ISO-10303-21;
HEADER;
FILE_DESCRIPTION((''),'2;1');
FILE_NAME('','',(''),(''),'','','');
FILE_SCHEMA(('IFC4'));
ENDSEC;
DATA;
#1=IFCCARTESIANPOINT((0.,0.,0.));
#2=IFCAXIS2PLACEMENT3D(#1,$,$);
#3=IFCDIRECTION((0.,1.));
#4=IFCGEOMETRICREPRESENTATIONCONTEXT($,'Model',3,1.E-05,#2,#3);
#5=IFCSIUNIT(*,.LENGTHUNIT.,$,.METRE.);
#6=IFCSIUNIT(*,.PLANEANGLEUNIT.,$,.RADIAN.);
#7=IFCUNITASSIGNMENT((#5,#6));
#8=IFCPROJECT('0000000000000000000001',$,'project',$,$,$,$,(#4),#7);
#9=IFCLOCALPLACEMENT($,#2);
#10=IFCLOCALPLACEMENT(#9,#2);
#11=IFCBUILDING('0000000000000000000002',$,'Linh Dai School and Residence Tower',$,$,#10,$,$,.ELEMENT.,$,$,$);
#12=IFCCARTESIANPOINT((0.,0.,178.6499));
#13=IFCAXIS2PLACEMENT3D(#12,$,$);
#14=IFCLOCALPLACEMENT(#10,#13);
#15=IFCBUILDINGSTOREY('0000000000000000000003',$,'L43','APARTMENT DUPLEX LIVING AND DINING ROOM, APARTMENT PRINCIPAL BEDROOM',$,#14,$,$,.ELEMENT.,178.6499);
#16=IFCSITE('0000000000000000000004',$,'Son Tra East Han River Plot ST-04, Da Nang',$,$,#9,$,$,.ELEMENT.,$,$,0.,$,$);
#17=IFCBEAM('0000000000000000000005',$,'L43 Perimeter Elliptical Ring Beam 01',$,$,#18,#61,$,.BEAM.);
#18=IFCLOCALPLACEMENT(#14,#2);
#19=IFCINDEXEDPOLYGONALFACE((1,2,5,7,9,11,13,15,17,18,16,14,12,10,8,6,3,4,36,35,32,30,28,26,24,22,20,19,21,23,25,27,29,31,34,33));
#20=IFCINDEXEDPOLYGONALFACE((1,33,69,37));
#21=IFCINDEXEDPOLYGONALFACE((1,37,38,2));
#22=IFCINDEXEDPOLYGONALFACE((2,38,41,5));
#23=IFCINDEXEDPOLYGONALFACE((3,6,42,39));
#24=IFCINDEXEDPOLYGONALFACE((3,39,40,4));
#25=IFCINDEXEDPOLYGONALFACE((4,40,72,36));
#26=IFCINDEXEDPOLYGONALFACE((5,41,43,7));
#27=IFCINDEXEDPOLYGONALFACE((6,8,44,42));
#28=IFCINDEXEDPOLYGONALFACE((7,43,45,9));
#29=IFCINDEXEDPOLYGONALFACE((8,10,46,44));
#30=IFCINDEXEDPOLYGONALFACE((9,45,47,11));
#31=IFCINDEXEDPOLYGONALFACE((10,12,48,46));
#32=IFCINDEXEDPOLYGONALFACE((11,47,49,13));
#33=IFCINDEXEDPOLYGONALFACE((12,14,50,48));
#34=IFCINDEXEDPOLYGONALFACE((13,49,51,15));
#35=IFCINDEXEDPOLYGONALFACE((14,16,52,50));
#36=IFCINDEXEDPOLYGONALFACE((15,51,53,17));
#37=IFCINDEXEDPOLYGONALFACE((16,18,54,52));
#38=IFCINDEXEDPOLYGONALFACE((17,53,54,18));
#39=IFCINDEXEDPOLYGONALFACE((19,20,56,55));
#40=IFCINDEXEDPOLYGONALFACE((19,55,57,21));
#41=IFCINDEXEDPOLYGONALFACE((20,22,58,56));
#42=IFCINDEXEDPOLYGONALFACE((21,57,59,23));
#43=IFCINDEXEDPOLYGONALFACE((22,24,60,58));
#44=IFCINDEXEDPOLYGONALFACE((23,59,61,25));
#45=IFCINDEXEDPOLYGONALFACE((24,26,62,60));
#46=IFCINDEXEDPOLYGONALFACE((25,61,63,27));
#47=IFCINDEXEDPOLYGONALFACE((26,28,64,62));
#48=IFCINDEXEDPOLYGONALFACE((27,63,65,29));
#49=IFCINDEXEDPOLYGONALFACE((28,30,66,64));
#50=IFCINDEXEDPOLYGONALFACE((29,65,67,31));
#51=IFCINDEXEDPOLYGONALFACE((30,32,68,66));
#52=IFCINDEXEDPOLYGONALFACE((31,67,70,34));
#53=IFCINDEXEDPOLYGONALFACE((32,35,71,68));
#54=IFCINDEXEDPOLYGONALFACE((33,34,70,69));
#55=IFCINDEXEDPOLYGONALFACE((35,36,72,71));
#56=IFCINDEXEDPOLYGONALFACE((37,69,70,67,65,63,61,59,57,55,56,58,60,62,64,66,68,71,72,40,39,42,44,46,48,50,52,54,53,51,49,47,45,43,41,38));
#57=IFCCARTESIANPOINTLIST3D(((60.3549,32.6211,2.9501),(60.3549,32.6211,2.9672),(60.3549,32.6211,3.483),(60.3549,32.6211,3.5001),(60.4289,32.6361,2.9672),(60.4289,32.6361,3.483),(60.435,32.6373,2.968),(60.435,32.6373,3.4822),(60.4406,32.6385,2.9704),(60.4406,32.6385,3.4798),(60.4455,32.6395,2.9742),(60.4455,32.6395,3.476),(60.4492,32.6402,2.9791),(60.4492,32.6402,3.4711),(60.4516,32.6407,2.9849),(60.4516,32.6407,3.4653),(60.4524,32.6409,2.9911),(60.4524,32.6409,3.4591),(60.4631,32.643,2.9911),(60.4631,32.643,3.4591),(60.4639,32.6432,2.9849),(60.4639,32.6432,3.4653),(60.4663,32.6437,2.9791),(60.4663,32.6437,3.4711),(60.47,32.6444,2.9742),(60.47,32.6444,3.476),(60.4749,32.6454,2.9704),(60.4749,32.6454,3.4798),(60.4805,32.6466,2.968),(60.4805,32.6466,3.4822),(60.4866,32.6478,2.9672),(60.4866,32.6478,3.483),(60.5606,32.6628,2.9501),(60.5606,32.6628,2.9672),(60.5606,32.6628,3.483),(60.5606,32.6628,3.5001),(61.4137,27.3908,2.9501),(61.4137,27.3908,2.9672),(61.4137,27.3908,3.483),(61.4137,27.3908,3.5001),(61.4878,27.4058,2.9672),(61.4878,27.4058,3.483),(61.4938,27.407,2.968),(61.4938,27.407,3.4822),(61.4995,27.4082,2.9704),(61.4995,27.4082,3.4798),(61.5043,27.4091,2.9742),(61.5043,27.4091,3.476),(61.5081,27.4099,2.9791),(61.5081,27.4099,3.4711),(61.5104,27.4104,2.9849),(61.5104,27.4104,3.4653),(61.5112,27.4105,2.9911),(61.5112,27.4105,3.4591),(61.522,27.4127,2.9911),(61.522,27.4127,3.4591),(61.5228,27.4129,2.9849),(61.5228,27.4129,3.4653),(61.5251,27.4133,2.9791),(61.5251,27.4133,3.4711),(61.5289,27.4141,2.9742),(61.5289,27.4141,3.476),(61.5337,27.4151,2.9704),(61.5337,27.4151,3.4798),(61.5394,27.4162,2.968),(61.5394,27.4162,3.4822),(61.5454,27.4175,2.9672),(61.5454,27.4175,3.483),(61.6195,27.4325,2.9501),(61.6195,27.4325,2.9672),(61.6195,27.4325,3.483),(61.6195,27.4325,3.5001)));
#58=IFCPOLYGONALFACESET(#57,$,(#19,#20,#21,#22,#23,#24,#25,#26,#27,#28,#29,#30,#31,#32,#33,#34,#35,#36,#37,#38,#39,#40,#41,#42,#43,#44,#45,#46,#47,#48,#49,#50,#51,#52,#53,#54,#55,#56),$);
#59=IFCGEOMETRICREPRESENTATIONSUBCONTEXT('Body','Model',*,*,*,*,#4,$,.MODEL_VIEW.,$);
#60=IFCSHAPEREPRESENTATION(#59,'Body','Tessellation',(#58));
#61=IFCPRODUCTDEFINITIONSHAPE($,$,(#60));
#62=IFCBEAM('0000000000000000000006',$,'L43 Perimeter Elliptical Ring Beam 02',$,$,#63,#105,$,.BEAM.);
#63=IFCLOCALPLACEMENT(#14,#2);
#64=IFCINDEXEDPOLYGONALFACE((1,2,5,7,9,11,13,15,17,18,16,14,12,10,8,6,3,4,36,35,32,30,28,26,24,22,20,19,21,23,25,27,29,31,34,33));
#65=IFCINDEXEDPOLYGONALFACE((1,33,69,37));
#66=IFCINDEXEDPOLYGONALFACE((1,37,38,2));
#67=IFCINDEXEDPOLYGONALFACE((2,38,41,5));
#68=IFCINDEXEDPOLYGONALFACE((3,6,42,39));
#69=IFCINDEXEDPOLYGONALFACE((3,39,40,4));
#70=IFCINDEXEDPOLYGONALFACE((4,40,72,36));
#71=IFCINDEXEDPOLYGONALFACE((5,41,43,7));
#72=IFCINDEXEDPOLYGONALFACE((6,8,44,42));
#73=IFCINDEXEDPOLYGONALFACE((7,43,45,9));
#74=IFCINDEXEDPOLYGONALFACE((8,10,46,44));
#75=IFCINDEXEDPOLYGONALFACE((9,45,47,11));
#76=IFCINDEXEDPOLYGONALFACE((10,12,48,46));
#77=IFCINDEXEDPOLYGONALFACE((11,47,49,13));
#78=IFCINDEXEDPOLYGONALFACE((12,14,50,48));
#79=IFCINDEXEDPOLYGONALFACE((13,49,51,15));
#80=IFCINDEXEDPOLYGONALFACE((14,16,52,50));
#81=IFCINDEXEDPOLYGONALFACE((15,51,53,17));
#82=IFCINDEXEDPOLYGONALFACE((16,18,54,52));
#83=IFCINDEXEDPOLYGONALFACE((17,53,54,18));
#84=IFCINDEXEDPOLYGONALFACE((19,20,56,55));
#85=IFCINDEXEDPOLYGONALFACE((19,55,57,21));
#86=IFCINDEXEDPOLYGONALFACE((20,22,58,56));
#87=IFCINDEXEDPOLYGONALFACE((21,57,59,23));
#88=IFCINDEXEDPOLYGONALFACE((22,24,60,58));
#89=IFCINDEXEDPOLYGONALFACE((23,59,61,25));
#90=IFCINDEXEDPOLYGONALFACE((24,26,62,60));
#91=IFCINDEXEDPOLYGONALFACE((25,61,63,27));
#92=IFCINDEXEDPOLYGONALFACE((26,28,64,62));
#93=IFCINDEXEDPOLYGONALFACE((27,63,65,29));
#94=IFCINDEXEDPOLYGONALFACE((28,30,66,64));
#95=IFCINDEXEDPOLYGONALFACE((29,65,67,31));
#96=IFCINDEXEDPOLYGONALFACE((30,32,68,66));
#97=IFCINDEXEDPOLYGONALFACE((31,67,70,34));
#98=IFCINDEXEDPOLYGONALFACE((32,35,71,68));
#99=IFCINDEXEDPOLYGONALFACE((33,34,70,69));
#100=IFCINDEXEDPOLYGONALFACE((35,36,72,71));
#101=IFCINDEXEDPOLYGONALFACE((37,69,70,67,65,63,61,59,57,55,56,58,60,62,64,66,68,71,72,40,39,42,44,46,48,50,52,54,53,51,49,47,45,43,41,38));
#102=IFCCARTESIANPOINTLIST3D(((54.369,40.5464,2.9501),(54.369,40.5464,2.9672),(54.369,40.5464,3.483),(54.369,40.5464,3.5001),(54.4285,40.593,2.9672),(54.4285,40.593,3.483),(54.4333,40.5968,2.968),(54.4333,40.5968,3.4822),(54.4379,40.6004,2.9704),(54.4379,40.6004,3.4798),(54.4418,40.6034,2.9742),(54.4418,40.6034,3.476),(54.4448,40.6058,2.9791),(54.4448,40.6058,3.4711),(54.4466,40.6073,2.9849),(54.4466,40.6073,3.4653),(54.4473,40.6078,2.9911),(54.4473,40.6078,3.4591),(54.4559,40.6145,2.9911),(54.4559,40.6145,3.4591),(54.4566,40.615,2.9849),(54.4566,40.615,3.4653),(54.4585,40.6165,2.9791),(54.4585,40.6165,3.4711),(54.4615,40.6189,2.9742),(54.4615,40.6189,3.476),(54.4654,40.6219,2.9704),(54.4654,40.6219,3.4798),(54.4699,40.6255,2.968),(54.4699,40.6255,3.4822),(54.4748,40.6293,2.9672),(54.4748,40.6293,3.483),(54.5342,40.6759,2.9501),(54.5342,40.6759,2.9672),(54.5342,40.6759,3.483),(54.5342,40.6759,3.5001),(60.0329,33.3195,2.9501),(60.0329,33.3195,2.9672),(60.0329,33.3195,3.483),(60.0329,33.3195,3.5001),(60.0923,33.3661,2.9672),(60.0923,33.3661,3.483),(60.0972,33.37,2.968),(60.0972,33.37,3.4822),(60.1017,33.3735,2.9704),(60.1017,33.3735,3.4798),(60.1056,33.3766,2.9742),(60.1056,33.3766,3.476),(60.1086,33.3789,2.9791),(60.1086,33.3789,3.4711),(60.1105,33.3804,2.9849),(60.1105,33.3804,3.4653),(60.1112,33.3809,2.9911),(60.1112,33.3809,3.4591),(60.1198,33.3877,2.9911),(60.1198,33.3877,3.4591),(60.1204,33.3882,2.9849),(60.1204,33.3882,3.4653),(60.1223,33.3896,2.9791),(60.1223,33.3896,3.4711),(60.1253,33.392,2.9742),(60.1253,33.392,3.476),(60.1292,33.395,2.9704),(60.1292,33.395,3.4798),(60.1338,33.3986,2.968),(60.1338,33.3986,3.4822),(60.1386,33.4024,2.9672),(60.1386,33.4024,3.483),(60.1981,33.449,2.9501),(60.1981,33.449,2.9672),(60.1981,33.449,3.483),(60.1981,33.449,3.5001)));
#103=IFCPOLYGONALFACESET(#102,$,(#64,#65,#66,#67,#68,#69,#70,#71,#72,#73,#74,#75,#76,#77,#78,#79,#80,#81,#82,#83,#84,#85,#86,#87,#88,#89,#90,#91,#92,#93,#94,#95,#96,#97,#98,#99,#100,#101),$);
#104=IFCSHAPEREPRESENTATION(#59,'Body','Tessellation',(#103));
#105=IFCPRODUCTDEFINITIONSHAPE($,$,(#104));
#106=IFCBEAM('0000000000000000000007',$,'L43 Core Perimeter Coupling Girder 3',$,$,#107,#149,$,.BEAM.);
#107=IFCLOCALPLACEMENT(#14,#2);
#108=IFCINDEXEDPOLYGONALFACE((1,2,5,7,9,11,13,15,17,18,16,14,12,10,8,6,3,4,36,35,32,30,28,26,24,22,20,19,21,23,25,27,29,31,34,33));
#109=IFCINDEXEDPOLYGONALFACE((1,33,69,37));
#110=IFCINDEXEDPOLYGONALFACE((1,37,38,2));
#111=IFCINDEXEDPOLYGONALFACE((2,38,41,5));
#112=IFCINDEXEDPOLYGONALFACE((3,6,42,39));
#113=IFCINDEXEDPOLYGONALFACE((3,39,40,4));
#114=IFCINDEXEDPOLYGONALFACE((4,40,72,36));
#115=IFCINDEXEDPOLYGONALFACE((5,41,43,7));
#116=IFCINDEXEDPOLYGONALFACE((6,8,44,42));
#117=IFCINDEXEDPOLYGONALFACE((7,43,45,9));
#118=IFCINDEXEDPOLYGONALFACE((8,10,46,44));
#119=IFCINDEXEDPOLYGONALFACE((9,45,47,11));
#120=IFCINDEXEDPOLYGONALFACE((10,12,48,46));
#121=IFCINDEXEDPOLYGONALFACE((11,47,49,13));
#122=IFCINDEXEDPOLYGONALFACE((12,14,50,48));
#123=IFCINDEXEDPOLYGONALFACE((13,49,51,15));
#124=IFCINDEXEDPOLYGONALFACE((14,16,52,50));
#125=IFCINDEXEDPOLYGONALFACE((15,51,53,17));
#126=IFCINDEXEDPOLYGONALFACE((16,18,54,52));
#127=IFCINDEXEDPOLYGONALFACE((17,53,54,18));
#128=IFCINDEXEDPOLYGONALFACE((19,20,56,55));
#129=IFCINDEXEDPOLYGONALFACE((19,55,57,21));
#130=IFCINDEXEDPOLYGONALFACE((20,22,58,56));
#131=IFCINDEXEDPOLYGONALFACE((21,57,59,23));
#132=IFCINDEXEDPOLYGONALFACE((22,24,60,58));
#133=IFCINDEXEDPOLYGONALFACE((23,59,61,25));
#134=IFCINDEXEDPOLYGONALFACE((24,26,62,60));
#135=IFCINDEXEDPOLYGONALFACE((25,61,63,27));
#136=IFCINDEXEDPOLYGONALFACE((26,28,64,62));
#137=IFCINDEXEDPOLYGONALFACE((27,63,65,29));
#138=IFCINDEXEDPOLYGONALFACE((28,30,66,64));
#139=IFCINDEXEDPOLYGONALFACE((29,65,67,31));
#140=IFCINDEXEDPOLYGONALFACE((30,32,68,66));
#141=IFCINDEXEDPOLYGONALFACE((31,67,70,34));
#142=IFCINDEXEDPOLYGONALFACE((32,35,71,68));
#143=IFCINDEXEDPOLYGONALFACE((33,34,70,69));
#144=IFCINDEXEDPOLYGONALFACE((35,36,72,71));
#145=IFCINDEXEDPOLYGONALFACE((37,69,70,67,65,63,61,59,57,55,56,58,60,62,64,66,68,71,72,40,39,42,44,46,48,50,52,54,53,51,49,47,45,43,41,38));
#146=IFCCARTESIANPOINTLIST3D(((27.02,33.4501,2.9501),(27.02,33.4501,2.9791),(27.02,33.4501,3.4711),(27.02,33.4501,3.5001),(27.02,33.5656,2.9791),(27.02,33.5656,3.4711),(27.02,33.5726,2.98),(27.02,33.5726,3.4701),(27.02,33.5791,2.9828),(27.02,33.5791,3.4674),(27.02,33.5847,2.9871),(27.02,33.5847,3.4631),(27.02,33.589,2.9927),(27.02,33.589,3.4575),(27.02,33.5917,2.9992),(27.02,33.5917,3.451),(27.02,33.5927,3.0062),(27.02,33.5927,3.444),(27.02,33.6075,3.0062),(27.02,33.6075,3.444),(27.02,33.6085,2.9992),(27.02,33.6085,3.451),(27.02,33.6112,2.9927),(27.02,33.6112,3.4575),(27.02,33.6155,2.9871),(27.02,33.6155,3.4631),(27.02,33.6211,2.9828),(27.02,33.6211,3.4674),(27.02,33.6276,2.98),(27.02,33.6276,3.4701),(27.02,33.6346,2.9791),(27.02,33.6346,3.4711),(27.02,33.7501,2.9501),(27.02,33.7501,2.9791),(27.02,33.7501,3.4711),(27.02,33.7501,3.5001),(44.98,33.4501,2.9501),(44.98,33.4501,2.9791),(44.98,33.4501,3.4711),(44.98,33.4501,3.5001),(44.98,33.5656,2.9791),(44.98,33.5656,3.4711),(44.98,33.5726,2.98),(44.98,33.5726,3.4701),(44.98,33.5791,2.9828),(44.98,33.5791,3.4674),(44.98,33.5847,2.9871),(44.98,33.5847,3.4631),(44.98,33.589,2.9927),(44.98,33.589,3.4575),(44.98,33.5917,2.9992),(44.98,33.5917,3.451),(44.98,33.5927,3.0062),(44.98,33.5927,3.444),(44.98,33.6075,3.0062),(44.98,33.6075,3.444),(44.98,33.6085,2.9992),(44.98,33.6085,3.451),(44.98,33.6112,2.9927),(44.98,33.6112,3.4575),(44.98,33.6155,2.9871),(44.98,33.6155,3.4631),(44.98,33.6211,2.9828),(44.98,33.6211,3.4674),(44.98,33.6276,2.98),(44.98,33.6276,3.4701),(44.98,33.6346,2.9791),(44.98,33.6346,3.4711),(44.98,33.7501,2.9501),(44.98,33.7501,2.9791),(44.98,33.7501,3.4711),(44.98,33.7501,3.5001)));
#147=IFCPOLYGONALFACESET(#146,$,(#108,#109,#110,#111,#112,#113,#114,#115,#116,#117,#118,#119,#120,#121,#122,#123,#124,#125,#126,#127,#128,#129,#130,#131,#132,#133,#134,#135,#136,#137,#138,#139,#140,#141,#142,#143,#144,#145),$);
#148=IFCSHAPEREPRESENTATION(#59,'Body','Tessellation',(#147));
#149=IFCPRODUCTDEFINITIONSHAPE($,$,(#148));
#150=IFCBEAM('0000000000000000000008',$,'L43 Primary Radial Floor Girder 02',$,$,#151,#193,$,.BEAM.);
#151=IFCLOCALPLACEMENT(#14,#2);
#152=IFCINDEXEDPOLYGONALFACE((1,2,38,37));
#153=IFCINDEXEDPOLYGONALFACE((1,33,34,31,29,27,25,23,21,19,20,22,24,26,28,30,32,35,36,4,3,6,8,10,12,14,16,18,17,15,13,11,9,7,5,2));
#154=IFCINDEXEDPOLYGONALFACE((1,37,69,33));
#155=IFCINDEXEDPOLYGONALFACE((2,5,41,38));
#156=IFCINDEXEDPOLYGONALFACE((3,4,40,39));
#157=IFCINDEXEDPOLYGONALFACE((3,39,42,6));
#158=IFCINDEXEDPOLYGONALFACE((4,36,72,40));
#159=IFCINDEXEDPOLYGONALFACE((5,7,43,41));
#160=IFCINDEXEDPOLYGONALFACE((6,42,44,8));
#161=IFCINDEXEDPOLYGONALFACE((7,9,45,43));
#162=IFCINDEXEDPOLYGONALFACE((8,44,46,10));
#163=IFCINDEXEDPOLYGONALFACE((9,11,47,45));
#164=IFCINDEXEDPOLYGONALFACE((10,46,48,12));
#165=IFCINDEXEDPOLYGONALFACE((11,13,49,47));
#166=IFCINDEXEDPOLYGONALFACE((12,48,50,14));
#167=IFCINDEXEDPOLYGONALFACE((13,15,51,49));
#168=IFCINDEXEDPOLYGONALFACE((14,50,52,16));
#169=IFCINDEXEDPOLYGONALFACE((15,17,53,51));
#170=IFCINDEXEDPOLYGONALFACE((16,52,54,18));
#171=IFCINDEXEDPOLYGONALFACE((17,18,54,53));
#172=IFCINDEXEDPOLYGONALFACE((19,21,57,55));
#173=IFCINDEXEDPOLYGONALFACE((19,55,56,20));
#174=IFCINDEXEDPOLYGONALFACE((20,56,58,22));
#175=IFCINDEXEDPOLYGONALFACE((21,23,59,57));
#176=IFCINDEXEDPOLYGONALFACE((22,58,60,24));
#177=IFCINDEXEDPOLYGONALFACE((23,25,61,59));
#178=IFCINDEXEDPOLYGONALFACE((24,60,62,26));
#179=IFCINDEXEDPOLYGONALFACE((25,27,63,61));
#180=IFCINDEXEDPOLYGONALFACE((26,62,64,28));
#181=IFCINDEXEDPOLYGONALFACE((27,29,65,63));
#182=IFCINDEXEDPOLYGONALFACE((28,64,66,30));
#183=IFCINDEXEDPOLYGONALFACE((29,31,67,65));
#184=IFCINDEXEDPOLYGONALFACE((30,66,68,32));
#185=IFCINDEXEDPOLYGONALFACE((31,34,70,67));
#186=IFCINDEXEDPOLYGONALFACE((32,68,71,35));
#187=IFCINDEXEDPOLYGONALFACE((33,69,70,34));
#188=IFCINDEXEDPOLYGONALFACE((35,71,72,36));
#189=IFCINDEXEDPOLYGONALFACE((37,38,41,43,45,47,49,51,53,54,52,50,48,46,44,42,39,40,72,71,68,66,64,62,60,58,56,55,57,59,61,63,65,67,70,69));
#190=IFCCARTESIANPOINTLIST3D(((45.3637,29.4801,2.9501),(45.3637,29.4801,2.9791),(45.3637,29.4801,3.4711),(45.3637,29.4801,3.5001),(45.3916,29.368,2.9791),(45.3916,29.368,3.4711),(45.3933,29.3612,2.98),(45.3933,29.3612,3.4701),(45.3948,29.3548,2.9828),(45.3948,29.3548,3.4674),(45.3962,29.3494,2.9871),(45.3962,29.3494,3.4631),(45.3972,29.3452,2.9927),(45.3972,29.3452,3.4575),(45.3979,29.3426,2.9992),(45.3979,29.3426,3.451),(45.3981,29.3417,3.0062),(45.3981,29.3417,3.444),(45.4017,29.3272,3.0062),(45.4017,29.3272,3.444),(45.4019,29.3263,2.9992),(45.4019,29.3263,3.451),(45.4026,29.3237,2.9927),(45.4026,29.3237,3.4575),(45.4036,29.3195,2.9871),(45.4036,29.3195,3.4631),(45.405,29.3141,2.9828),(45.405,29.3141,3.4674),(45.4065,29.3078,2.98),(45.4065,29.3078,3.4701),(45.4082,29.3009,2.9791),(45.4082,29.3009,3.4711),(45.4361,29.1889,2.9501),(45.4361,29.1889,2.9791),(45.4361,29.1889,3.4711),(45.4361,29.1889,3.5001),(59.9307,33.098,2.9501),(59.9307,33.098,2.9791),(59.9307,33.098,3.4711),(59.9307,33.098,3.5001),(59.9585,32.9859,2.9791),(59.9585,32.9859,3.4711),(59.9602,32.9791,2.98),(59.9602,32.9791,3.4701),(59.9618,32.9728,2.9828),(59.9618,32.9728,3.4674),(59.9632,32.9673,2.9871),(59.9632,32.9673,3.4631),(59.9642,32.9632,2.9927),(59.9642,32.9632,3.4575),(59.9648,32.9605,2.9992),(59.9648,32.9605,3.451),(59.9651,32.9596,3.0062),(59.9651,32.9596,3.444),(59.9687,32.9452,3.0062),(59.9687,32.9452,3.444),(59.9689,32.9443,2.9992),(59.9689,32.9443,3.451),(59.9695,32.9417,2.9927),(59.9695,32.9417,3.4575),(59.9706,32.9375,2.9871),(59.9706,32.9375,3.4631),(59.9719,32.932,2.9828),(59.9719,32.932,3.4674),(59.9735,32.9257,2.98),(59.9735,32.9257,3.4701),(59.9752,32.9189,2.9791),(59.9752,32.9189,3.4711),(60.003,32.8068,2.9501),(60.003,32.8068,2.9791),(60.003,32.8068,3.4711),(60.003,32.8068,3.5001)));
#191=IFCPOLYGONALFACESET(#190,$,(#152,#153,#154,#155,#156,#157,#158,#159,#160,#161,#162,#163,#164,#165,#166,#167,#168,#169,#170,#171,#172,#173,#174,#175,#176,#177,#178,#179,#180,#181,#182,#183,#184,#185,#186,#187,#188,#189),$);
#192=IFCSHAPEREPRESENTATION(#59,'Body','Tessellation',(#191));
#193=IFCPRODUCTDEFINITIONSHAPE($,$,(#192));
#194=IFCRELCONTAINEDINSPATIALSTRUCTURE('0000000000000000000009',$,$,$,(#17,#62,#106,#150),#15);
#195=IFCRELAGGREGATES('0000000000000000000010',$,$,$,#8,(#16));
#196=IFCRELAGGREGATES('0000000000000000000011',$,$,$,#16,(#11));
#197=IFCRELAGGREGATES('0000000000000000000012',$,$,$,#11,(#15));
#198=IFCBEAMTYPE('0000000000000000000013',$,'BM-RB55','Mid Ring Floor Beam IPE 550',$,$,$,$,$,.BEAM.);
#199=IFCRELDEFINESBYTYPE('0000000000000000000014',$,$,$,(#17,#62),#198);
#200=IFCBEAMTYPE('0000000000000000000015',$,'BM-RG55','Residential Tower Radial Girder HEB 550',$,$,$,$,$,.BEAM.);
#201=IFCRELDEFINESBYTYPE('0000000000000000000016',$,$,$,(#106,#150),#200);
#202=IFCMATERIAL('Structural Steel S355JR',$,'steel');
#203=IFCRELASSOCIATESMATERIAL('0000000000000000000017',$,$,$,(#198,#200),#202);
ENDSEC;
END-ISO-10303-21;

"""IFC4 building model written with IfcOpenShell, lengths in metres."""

from ifc_helpers import new_model, si_unit, direction, frame, origin, origin_2d, place, context, subcontext, project, spatial, i_section, extrude, material, material_profile, profile_set, type_object, element, save


model = new_model("IFC4")

# Units and contexts
model_context = context("Model", 3, precision=1e-05, world=origin(), true_north=direction((0.0, 1.0)))
body_context = subcontext(model_context, "Body", "Model", "MODEL_VIEW")
ifc_project = project(units=[si_unit("LENGTHUNIT", "METRE"), si_unit("PLANEANGLEUNIT", "RADIAN")], contexts=[model_context])

# Site, building, storey
site_placement = place(None, origin())
site = spatial("IfcSite", under=ifc_project, at=site_placement, Name="Son Tra East Han River Plot ST-04, Da Nang", CompositionType="ELEMENT", RefElevation=0.0)
building_placement = place(site_placement, origin())
building = spatial("IfcBuilding", under=site, at=building_placement, Name="Linh Dai School and Residence Tower", CompositionType="ELEMENT")
storey_placement = place(building_placement, frame((0.0, 0.0, 178.6499)))
storey = spatial("IfcBuildingStorey", under=building, at=storey_placement, Name="L43", Description="APARTMENT DUPLEX LIVING AND DINING ROOM, APARTMENT PRINCIPAL BEDROOM", CompositionType="ELEMENT", Elevation=178.6499)

# Shared definitions
ifc_material_1 = material(Name="Structural Steel S355JR", Category="steel")

# Beams
ifc_material_profile_1 = material_profile(ifc_material_1, i_section(OverallWidth=0.21, OverallDepth=0.55, WebThickness=0.011, FlangeThickness=0.0171, FilletRadius=0.0239, at=origin_2d()), Name="IPE 550")
ifc_profile_set_1 = profile_set([ifc_material_profile_1], Name="Structural Steel S355JR")
beam_type_1 = type_object("IfcBeamType", Name="BM-RB55", Description="Mid Ring Floor Beam IPE 550", PredefinedType="BEAM", material=ifc_profile_set_1)
beam_1_placement = place(storey_placement, frame((61.5166, 27.4116, 3.2251), z_axis=(-0.198421, 0.980117, 0.0), x_axis=(-0.980117, -0.198421, 0.0)))
element("IfcBeam", 1, at=beam_1_placement, inside=storey, type_object=beam_type_1, Name="L43 Perimeter Elliptical Ring Beam 01", PredefinedType="BEAM", context=body_context, shape_type="SweptSolid", body=[
    extrude(i_section(OverallWidth=0.21, OverallDepth=0.55, WebThickness=0.011, FlangeThickness=0.0171, FilletRadius=0.0239, at=origin_2d()), origin(), (0.0, 0.0, 1.0), 5.3364),
])
beam_2_placement = place(storey_placement, frame((60.1155, 33.3843, 3.2251), z_axis=(-0.616852, 0.787079, 0.0), x_axis=(-0.787079, -0.616852, 0.0)))
element("IfcBeam", 2, at=beam_2_placement, inside=storey, type_object=beam_type_1, Name="L43 Perimeter Elliptical Ring Beam 02", PredefinedType="BEAM", context=body_context, shape_type="SweptSolid", body=[
    extrude(i_section(OverallWidth=0.21, OverallDepth=0.55, WebThickness=0.011, FlangeThickness=0.0171, FilletRadius=0.0239, at=origin_2d()), origin(), (0.0, 0.0, 1.0), 9.1819),
])
ifc_material_profile_2 = material_profile(ifc_material_1, i_section(OverallWidth=0.3, OverallDepth=0.55, WebThickness=0.0149, FlangeThickness=0.0291, FilletRadius=0.0271, at=origin_2d()), Name="HEB 550")
ifc_profile_set_2 = profile_set([ifc_material_profile_2], Name="Structural Steel S355JR")
beam_type_2 = type_object("IfcBeamType", Name="BM-RG55", Description="Residential Tower Radial Girder HEB 550", PredefinedType="BEAM", material=ifc_profile_set_2)
beam_3_placement = place(storey_placement, frame((44.98, 33.6001, 3.2251), z_axis=(-1.0, 0.0, 0.0), x_axis=(0.0, -1.0, 0.0)))
element("IfcBeam", 3, at=beam_3_placement, inside=storey, type_object=beam_type_2, Name="L43 Core Perimeter Coupling Girder 3", PredefinedType="BEAM", context=body_context, shape_type="SweptSolid", body=[
    extrude(i_section(OverallWidth=0.3, OverallDepth=0.55, WebThickness=0.0149, FlangeThickness=0.0291, FilletRadius=0.0271, at=origin_2d()), origin(), (0.0, 0.0, 1.0), 17.96),
])
beam_4_placement = place(storey_placement, frame((45.3999, 29.3345, 3.2251), z_axis=(0.970515, 0.241043, 0.0), x_axis=(-0.241043, 0.970515, 0.0)))
element("IfcBeam", 4, at=beam_4_placement, inside=storey, type_object=beam_type_2, Name="L43 Primary Radial Floor Girder 02", PredefinedType="BEAM", context=body_context, shape_type="SweptSolid", body=[
    extrude(i_section(OverallWidth=0.3, OverallDepth=0.55, WebThickness=0.0149, FlangeThickness=0.0291, FilletRadius=0.0271, at=origin_2d()), origin(), (0.0, 0.0, 1.0), 15.0095),
])

save(model, "model.ifc")
